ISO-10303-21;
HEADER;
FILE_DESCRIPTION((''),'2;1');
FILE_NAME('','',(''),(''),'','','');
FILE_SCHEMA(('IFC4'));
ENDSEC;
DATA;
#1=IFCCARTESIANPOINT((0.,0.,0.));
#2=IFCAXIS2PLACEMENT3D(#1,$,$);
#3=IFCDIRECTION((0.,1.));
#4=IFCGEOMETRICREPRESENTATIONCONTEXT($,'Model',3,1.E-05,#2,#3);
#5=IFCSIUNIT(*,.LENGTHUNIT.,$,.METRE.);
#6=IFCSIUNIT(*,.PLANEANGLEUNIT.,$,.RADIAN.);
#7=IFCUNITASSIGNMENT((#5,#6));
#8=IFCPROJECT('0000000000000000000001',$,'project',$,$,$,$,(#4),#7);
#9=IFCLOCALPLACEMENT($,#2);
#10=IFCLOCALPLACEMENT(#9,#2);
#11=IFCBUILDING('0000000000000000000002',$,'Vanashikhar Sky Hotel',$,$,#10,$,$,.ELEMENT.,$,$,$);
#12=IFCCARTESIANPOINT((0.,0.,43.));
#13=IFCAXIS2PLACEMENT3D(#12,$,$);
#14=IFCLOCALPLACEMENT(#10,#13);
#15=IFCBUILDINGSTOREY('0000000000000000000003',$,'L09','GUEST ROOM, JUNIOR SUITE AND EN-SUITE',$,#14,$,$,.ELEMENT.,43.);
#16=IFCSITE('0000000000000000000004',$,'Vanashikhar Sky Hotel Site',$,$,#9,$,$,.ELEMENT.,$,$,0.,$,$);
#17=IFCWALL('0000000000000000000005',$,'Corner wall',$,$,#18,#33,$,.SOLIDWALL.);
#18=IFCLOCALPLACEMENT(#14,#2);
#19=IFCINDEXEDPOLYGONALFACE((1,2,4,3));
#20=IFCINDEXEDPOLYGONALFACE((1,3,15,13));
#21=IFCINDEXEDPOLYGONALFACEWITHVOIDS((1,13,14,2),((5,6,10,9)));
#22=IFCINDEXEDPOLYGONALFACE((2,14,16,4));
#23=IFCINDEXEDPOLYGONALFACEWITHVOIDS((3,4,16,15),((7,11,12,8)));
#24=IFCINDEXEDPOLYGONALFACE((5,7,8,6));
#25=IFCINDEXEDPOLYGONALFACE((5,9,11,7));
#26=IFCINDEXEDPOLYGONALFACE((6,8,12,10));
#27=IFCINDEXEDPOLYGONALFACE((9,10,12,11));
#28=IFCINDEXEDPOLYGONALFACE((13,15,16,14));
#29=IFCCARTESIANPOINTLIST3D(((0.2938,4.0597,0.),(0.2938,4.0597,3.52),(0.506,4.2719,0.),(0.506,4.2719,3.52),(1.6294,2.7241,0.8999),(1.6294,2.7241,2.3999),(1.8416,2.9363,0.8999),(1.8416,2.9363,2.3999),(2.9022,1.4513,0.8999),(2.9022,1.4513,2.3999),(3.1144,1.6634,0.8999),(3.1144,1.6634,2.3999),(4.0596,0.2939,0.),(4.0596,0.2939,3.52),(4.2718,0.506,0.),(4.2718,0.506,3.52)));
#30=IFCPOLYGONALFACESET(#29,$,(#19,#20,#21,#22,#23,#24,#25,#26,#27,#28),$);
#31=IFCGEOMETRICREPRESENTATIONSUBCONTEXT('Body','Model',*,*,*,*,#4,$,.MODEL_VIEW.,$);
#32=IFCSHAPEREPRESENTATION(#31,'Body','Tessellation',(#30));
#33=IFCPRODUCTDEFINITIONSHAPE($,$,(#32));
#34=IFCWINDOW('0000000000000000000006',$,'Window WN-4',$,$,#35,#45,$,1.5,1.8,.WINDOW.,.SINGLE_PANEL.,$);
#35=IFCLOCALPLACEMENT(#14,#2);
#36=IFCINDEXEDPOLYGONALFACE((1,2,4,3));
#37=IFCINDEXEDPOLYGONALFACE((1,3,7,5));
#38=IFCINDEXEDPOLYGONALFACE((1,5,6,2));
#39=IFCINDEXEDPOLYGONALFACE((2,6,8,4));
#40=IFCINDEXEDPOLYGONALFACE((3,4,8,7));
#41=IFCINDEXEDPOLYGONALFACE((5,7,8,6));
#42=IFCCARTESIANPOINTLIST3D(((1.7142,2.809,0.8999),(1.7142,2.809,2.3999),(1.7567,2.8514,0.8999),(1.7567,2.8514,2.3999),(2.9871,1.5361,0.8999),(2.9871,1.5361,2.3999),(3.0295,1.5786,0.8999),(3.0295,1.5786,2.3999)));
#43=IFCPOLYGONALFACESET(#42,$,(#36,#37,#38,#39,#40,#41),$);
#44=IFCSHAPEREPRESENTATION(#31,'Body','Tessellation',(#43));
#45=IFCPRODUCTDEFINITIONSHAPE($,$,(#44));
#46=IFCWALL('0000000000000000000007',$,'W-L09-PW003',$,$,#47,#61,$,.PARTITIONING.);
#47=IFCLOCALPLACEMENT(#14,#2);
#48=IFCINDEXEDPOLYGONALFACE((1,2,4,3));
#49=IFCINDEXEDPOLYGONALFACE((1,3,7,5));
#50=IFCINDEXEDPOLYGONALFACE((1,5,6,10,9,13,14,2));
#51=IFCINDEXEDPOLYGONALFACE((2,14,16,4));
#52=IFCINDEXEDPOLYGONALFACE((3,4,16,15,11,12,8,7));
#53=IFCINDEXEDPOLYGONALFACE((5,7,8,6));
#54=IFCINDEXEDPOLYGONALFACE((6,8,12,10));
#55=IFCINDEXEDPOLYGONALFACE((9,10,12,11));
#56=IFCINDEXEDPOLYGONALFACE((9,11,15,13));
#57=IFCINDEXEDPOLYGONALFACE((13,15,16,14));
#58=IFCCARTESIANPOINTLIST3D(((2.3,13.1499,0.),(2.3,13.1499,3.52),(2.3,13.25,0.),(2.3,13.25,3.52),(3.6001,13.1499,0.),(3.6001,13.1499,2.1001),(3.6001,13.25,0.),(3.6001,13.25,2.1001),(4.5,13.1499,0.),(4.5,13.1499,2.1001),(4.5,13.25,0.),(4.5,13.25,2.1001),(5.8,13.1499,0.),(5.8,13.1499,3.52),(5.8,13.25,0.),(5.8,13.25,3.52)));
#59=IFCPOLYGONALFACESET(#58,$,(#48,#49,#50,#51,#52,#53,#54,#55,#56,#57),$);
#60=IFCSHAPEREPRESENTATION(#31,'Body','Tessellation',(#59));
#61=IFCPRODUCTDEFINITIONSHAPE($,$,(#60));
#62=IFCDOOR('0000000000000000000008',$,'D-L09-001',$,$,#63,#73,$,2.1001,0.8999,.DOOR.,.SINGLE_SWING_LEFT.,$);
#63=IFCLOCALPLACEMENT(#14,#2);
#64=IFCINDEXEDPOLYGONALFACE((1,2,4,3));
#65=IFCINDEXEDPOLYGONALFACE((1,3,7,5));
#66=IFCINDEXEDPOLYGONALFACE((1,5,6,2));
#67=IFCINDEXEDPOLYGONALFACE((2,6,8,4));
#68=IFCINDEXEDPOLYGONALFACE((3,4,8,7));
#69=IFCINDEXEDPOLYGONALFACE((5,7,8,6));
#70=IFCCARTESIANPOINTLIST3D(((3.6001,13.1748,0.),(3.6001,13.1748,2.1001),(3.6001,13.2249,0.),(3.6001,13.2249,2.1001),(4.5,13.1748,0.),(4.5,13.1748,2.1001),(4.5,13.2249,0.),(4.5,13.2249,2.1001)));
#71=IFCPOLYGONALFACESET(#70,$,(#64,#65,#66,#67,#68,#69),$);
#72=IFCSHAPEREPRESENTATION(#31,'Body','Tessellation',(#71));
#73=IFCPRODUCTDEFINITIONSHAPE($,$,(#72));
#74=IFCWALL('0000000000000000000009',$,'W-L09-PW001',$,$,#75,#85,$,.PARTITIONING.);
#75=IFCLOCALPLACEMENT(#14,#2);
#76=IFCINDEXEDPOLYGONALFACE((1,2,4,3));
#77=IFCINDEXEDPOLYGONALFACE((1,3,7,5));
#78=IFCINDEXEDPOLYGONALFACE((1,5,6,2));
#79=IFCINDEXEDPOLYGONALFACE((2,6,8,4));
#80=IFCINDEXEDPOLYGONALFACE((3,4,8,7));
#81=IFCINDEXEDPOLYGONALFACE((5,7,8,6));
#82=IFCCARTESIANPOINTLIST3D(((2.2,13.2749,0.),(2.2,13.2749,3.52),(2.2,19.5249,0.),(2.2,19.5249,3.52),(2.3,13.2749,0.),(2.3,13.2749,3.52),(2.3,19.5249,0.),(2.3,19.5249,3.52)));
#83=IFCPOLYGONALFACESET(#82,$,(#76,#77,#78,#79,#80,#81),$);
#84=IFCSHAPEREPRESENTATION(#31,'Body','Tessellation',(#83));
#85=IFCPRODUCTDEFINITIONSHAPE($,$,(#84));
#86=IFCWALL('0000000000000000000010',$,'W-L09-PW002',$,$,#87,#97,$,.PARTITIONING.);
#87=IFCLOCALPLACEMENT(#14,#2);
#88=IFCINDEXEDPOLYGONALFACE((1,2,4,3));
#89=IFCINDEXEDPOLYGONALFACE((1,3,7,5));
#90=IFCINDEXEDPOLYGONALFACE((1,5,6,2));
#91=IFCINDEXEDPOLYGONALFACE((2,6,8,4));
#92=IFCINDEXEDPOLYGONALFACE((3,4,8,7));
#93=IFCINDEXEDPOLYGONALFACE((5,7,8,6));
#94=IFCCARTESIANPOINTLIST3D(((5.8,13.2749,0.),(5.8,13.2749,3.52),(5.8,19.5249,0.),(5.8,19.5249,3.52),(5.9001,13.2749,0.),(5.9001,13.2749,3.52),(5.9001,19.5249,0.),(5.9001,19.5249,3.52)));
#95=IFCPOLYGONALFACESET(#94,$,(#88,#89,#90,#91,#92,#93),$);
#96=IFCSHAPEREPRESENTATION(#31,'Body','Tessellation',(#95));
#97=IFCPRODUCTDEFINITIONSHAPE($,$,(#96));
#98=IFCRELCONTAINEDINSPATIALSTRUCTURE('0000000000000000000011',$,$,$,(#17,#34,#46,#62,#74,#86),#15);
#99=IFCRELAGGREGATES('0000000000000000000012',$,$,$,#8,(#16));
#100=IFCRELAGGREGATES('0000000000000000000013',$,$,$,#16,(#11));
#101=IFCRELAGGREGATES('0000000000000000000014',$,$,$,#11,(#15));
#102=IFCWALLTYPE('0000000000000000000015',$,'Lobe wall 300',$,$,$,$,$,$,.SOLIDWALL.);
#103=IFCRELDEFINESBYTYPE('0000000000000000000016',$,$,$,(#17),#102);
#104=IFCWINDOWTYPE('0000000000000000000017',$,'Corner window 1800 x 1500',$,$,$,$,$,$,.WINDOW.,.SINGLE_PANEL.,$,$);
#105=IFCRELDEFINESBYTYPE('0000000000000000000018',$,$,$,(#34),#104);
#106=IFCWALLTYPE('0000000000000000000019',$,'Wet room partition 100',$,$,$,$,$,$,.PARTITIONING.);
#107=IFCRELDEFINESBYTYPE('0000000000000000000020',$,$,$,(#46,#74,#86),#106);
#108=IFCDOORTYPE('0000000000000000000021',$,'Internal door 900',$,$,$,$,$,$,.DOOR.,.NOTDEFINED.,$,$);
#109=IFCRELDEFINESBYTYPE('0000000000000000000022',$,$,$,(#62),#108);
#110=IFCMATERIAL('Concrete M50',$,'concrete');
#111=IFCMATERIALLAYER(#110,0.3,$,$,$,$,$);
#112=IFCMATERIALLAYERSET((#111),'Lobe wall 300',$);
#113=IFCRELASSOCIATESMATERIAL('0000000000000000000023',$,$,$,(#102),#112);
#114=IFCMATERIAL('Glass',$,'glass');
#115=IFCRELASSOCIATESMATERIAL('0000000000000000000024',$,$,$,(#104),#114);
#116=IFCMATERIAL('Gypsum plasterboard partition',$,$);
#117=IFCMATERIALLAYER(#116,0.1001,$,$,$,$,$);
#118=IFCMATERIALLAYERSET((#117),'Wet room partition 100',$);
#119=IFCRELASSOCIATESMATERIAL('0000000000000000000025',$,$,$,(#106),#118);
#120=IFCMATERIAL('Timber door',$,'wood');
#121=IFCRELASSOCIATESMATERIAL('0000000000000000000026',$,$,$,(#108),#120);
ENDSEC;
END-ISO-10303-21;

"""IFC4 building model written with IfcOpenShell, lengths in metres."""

from ifc_helpers import new_model, si_unit, direction, frame, frame_2d, origin, place, context, subcontext, project, spatial, rectangle, extrude, source, transform, mapped, material, layer, layer_set, type_object, element, fill, save


model = new_model("IFC4")

# Units and contexts
model_context = context("Model", 3, precision=1e-05, world=origin(), true_north=direction((0.0, 1.0)))
body_context = subcontext(model_context, "Body", "Model", "MODEL_VIEW")
ifc_project = project(units=[si_unit("LENGTHUNIT", "METRE"), si_unit("PLANEANGLEUNIT", "RADIAN")], contexts=[model_context])

# Site, building, storey
site_placement = place(None, origin())
site = spatial("IfcSite", under=ifc_project, at=site_placement, Name="Vanashikhar Sky Hotel Site", CompositionType="ELEMENT", RefElevation=0.0)
building_placement = place(site_placement, origin())
building = spatial("IfcBuilding", under=site, at=building_placement, Name="Vanashikhar Sky Hotel", CompositionType="ELEMENT")
storey_placement = place(building_placement, frame((0.0, 0.0, 43.0)))
storey = spatial("IfcBuildingStorey", under=building, at=storey_placement, Name="L09", Description="GUEST ROOM, JUNIOR SUITE AND EN-SUITE", CompositionType="ELEMENT", Elevation=43.0)

# Shared definitions
ifc_material_1 = material(Name="Concrete M50", Category="concrete")

# Shared definitions
ifc_material_2 = material(Name="Glass", Category="glass")

# Wall, opening, window
ifc_layer_1 = layer(ifc_material_1, 0.3)
ifc_layer_set_1 = layer_set([ifc_layer_1], Name="Lobe wall 300")
wall_type_1 = type_object("IfcWallType", Name="Lobe wall 300", PredefinedType="SOLIDWALL", material=ifc_layer_set_1)
shared_shape_1 = source(origin(), body_context, "Body", "SweptSolid", [
    extrude(rectangle(XDim=5.3257, YDim=0.3, at=frame_2d((2.6628, 0.0))), origin(), (0.0, 0.0, 1.0), 3.52),
])
wall_1_placement = place(storey_placement, frame((0.3999, 4.1658, 0.0), z_axis=(0.0, 0.0, 1.0), x_axis=(0.707107, -0.707107, 0.0)))
wall_1 = element("IfcWall", 1, at=wall_1_placement, inside=storey, type_object=wall_type_1, Name="Corner wall", PredefinedType="SOLIDWALL", context=body_context, shape_type="MappedRepresentation", body=[
    mapped(shared_shape_1, transform((0.0, 0.0, 0.0), scale=1.0)),
])
shared_shape_2 = source(origin(), body_context, "Body", "SweptSolid", [
    extrude(rectangle(XDim=1.8, YDim=1.5, at=frame_2d((0.8999, 0.75))), frame((0.0, 0.1602, 0.0), z_axis=(0.0, -1.0, 0.0), x_axis=(1.0, 0.0, 0.0)), (0.0, 0.0, 1.0), 0.3201),
])
opening_1_placement = place(wall_1_placement, frame((1.8889, 0.0, 0.8999)))
opening_1 = element("IfcOpeningElement", 2, at=opening_1_placement, cuts=wall_1, PredefinedType="OPENING", context=body_context, shape_type="MappedRepresentation", body=[
    mapped(shared_shape_2, transform((0.0, 0.0, 0.0), scale=1.0)),
])
window_type_1 = type_object("IfcWindowType", Name="Corner window 1800 x 1500", PartitioningType="SINGLE_PANEL", PredefinedType="WINDOW", material=ifc_material_2)
shared_shape_3 = source(origin(), body_context, "Body", "SweptSolid", [
    extrude(rectangle(XDim=1.8, YDim=1.5, at=frame_2d((0.8999, 0.75))), frame((0.0, 0.03, 0.0), z_axis=(0.0, -1.0, 0.0), x_axis=(1.0, 0.0, 0.0)), (0.0, 0.0, 1.0), 0.0601),
])
window_1_placement = place(opening_1_placement, origin())
window_1 = element("IfcWindow", 3, at=window_1_placement, inside=storey, type_object=window_type_1, Name="Window WN-4", OverallHeight=1.5, OverallWidth=1.8, PartitioningType="SINGLE_PANEL", PredefinedType="WINDOW", context=body_context, shape_type="MappedRepresentation", body=[
    mapped(shared_shape_3, transform((0.0, 0.0, 0.0), scale=1.0)),
])
fill(opening_1, window_1)

# Wall, opening, door
ifc_material_3 = material(Name="Gypsum plasterboard partition")
ifc_layer_2 = layer(ifc_material_3, 0.1001)
ifc_layer_set_2 = layer_set([ifc_layer_2], Name="Wet room partition 100")
wall_type_2 = type_object("IfcWallType", Name="Wet room partition 100", PredefinedType="PARTITIONING", material=ifc_layer_set_2)
shared_shape_4 = source(origin(), body_context, "Body", "SweptSolid", [
    extrude(rectangle(XDim=3.5, YDim=0.1001, at=frame_2d((1.75, 0.0))), origin(), (0.0, 0.0, 1.0), 3.52),
])
wall_2_placement = place(storey_placement, frame((2.3, 13.2, 0.0), z_axis=(0.0, 0.0, 1.0), x_axis=(1.0, 0.0, 0.0)))
wall_2 = element("IfcWall", 4, at=wall_2_placement, inside=storey, type_object=wall_type_2, Name="W-L09-PW003", PredefinedType="PARTITIONING", context=body_context, shape_type="MappedRepresentation", body=[
    mapped(shared_shape_4, transform((0.0, 0.0, 0.0), scale=1.0)),
])
shared_shape_5 = source(origin(), body_context, "Body", "SweptSolid", [
    extrude(rectangle(XDim=0.8999, YDim=2.1001, at=frame_2d((0.45, 1.05))), frame((0.0, 0.0601, 0.0), z_axis=(0.0, -1.0, 0.0), x_axis=(1.0, 0.0, 0.0)), (0.0, 0.0, 1.0), 0.1201),
])
opening_2_placement = place(wall_2_placement, frame((1.3, 0.0, 0.0)))
opening_2 = element("IfcOpeningElement", 5, at=opening_2_placement, cuts=wall_2, PredefinedType="OPENING", context=body_context, shape_type="MappedRepresentation", body=[
    mapped(shared_shape_5, transform((0.0, 0.0, 0.0), scale=1.0)),
])
ifc_material_4 = material(Name="Timber door", Category="wood")
door_type_1 = type_object("IfcDoorType", Name="Internal door 900", OperationType="NOTDEFINED", PredefinedType="DOOR", material=ifc_material_4)
shared_shape_6 = source(origin(), body_context, "Body", "SweptSolid", [
    extrude(rectangle(XDim=0.8999, YDim=2.1001, at=frame_2d((0.45, 1.05))), frame((0.0, 0.0249, 0.0), z_axis=(0.0, -1.0, 0.0), x_axis=(1.0, 0.0, 0.0)), (0.0, 0.0, 1.0), 0.05),
])
door_1_placement = place(opening_2_placement, origin())
door_1 = element("IfcDoor", 6, at=door_1_placement, inside=storey, type_object=door_type_1, Name="D-L09-001", OperationType="SINGLE_SWING_LEFT", OverallHeight=2.1001, OverallWidth=0.8999, PredefinedType="DOOR", context=body_context, shape_type="MappedRepresentation", body=[
    mapped(shared_shape_6, transform((0.0, 0.0, 0.0), scale=1.0)),
])
fill(opening_2, door_1)

# Walls
shared_shape_7 = source(origin(), body_context, "Body", "SweptSolid", [
    extrude(rectangle(XDim=6.25, YDim=0.1001, at=frame_2d((3.125, 0.0))), origin(), (0.0, 0.0, 1.0), 3.52),
])
for number, where, z_axis, x_axis, name in (
    (7, (2.25, 13.2749, 0.0), (0.0, 0.0, 1.0), (0.0, 1.0, 0.0), "W-L09-PW001"),
    (8, (5.8501, 13.2749, 0.0), (0.0, 0.0, 1.0), (0.0, 1.0, 0.0), "W-L09-PW002"),
):
    element("IfcWall", number, at=place(storey_placement, frame(where, z_axis=z_axis, x_axis=x_axis)), inside=storey, type_object=wall_type_2, Name=name, PredefinedType="PARTITIONING", context=body_context, shape_type="MappedRepresentation", body=[
        mapped(shared_shape_7, transform((0.0, 0.0, 0.0), scale=1.0)),
    ])

save(model, "model.ifc")
